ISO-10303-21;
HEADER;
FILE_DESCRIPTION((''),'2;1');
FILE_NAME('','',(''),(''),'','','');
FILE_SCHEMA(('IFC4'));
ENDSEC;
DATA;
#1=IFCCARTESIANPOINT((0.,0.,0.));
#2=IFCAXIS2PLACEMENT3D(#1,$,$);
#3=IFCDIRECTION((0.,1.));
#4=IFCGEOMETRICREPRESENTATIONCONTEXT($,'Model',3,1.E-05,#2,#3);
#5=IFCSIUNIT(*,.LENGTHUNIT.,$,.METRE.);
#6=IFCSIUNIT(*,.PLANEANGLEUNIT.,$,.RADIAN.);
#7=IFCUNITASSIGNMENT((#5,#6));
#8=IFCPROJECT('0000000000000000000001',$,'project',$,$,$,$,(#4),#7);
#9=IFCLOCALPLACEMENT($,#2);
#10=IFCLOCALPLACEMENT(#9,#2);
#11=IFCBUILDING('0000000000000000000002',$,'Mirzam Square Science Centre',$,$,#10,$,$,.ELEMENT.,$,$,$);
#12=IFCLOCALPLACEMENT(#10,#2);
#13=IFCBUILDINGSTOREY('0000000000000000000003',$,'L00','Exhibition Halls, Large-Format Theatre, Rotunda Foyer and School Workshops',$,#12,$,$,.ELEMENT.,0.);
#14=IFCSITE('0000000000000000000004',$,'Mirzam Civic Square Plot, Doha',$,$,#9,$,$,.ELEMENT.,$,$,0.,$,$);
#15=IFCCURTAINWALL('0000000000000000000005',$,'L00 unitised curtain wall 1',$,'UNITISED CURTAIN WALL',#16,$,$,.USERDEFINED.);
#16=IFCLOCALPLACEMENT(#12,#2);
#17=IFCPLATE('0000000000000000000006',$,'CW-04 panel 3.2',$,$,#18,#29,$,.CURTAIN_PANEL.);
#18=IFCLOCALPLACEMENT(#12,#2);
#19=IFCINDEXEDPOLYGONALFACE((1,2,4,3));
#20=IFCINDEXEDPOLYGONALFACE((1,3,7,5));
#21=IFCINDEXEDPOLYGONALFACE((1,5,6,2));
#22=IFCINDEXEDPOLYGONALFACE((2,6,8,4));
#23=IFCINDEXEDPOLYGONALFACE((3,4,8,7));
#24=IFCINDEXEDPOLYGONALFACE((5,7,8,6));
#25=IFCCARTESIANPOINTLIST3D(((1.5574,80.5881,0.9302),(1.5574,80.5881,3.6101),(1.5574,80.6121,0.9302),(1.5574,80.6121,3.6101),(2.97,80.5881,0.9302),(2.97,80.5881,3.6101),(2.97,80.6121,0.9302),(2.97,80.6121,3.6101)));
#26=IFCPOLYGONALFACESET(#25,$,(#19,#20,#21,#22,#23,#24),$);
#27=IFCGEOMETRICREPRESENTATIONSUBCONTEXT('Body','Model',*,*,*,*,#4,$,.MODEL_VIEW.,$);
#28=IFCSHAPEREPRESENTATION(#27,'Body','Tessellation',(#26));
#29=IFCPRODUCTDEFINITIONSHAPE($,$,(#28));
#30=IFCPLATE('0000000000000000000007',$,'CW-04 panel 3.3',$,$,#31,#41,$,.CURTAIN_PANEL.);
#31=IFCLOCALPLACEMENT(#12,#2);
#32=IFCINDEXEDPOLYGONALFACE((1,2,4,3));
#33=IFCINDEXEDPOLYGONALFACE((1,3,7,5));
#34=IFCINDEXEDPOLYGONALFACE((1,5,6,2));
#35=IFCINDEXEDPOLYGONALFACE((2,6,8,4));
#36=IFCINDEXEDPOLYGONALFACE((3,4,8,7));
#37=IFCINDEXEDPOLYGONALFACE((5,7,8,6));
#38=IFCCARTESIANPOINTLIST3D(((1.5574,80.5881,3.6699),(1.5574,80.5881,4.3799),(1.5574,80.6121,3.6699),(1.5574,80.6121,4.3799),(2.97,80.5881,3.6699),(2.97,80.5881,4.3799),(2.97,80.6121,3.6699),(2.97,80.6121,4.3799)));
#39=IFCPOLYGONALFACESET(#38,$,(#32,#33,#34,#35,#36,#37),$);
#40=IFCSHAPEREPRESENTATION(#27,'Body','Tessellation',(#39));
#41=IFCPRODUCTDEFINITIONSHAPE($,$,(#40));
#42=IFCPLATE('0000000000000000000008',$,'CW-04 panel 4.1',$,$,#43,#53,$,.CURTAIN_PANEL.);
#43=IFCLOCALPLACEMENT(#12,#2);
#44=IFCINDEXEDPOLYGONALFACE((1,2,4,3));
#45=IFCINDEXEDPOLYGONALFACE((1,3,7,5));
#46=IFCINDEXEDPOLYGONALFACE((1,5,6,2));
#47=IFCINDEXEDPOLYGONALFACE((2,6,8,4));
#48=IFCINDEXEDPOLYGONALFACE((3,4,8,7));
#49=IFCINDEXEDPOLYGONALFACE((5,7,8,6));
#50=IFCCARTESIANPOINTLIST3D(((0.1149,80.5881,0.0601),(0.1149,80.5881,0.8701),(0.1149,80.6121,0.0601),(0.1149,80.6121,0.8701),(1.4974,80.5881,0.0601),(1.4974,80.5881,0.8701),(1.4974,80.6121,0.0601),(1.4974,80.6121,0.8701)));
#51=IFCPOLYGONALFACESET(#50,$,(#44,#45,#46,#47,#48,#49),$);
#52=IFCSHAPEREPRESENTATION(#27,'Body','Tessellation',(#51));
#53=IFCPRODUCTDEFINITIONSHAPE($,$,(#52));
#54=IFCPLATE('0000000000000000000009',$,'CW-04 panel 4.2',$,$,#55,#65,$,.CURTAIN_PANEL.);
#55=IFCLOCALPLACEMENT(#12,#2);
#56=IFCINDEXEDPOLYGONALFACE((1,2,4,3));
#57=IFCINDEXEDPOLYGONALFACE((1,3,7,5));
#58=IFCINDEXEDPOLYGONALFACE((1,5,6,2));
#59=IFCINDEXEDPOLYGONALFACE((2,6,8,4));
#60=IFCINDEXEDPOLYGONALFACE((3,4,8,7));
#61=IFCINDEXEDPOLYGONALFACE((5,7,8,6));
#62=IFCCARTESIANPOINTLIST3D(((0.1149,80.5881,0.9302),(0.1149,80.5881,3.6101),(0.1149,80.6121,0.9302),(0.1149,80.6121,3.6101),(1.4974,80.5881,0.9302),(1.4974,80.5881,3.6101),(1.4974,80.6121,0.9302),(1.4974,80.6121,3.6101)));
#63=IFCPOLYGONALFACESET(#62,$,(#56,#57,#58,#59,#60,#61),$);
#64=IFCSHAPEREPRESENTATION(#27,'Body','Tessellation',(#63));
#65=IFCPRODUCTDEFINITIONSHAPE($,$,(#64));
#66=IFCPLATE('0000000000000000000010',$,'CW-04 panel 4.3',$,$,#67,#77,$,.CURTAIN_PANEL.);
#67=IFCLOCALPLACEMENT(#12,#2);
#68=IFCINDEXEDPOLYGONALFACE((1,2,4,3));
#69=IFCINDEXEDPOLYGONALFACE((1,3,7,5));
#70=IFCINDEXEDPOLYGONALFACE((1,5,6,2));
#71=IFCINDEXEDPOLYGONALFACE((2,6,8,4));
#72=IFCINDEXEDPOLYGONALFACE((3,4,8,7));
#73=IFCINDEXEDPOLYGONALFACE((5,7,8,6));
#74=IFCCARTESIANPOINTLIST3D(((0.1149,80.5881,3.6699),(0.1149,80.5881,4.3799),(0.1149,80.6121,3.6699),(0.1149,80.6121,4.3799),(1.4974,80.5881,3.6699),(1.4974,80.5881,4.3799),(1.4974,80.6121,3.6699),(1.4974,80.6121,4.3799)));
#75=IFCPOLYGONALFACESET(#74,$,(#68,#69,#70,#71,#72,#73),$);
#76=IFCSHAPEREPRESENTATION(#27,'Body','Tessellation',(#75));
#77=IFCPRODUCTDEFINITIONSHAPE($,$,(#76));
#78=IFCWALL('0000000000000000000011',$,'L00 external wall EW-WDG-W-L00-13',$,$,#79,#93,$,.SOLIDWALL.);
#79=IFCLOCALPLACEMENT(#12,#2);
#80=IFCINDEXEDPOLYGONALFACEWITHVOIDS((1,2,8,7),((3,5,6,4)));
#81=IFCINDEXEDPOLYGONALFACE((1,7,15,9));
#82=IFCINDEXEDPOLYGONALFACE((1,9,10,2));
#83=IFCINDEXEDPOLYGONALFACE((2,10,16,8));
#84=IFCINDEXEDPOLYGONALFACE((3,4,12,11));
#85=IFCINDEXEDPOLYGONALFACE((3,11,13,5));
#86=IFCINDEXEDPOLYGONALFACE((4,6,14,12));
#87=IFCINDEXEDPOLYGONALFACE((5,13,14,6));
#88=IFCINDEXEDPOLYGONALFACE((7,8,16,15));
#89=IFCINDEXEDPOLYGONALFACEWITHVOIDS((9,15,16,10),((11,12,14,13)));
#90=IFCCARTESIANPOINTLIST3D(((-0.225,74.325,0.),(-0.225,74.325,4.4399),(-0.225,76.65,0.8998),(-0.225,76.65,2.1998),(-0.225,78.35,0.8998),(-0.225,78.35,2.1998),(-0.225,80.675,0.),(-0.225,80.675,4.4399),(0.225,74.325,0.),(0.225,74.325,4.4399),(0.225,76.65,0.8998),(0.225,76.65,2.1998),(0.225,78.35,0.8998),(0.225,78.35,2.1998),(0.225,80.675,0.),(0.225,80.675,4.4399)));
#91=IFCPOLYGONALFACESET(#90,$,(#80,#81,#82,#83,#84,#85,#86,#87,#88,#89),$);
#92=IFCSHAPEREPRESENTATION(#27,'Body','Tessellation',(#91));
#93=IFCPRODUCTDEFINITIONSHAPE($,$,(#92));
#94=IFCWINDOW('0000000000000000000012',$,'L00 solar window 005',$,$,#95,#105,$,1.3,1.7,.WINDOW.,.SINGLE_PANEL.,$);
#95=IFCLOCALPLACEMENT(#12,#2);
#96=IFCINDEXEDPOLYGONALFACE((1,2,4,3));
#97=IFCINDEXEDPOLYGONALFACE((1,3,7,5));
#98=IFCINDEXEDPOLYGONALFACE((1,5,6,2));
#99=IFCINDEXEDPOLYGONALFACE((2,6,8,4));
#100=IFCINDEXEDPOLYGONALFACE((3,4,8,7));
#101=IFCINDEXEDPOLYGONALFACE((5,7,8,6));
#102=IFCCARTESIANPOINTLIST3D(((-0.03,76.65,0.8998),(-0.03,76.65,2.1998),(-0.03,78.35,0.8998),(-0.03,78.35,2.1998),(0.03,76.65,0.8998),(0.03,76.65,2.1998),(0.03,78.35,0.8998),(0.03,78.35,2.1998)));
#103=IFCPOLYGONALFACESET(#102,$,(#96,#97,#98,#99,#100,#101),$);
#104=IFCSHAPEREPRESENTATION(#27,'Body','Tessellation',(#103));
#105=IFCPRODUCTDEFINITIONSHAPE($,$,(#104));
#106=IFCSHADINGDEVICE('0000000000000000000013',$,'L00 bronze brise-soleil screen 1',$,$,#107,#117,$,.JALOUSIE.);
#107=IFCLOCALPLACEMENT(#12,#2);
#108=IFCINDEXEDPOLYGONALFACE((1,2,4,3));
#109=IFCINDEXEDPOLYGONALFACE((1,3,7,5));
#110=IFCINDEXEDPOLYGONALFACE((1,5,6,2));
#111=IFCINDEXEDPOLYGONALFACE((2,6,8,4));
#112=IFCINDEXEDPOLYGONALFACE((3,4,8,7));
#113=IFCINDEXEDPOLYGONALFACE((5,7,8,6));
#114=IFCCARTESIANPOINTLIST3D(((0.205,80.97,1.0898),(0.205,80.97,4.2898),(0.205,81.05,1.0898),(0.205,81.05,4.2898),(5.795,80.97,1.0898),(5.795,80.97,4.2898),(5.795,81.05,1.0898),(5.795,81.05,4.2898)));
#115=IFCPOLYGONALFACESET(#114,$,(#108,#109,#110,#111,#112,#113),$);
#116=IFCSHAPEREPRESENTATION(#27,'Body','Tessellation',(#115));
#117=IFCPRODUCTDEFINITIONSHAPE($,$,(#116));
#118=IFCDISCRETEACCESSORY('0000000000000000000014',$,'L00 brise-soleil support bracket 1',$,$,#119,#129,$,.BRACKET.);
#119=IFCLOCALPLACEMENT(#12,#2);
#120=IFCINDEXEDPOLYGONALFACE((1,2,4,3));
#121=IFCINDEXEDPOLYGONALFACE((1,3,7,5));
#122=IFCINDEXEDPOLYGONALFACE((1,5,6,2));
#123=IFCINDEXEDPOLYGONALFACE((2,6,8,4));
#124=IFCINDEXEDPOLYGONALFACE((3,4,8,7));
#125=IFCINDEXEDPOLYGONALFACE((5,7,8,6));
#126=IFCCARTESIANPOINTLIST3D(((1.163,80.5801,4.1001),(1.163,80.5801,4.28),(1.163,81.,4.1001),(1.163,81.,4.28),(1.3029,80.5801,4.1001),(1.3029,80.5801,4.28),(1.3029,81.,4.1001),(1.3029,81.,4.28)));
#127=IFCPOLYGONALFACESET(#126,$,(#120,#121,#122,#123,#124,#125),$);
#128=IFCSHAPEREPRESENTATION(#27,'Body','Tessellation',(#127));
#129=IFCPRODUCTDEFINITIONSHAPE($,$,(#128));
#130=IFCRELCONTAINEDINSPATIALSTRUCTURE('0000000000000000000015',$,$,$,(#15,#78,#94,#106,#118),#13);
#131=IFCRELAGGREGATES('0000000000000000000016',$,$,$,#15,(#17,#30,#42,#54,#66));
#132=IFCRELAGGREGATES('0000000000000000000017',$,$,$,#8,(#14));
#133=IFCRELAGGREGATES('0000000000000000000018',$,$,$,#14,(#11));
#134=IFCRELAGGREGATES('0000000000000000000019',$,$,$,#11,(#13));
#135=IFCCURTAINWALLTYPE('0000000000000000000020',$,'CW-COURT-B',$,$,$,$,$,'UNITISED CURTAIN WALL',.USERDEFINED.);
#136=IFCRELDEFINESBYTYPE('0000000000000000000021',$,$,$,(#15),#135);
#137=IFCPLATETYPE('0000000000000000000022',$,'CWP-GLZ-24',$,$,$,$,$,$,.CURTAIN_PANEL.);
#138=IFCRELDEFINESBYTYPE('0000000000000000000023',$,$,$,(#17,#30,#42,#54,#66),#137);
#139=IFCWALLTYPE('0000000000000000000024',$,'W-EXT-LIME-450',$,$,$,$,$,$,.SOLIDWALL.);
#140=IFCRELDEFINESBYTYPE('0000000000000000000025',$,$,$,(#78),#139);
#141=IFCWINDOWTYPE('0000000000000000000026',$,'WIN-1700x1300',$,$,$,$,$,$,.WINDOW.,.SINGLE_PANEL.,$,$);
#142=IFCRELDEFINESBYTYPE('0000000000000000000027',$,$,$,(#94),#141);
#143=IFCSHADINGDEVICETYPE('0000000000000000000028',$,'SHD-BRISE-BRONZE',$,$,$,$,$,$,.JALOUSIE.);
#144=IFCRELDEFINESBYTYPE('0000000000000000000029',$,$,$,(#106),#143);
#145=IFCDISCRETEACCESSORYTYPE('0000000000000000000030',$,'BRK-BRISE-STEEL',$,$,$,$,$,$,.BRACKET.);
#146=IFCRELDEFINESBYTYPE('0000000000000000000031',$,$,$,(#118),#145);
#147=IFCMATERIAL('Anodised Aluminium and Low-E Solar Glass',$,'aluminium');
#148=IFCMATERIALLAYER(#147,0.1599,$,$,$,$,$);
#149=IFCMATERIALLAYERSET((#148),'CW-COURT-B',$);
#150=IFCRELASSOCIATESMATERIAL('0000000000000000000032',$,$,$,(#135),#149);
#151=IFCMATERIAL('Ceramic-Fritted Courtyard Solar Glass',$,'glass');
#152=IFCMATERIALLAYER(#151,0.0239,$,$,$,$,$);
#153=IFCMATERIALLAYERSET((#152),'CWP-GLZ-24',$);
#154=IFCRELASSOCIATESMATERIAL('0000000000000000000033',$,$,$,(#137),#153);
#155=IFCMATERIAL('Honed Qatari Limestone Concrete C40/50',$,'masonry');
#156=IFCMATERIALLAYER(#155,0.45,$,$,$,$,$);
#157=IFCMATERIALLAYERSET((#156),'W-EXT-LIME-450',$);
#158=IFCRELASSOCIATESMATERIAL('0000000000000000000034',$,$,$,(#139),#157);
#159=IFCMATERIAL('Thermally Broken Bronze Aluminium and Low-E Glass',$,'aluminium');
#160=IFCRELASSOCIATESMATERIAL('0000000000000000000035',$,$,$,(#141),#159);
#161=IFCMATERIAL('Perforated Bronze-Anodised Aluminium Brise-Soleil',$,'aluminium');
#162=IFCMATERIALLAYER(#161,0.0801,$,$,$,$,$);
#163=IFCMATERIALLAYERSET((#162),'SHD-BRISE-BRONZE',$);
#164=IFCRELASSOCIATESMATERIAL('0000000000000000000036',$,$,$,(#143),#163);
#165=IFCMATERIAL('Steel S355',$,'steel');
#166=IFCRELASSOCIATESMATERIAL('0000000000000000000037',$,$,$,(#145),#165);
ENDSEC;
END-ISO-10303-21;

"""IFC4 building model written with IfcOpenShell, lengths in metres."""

from ifc_helpers import new_model, si_unit, direction, frame, frame_2d, origin, origin_2d, place, context, subcontext, project, spatial, rectangle, extrude, material, layer, layer_set, type_object, element, fill, aggregate, save


model = new_model("IFC4")

# Units and contexts
model_context = context("Model", 3, precision=1e-05, world=origin(), true_north=direction((0.0, 1.0)))
body_context = subcontext(model_context, "Body", "Model", "MODEL_VIEW")
ifc_project = project(units=[si_unit("LENGTHUNIT", "METRE"), si_unit("PLANEANGLEUNIT", "RADIAN")], contexts=[model_context])

# Site, building, storey
site_placement = place(None, origin())
site = spatial("IfcSite", under=ifc_project, at=site_placement, Name="Mirzam Civic Square Plot, Doha", CompositionType="ELEMENT", RefElevation=0.0)
building_placement = place(site_placement, origin())
building = spatial("IfcBuilding", under=site, at=building_placement, Name="Mirzam Square Science Centre", CompositionType="ELEMENT")
storey_placement = place(building_placement, origin())
storey = spatial("IfcBuildingStorey", under=building, at=storey_placement, Name="L00", Description="Exhibition Halls, Large-Format Theatre, Rotunda Foyer and School Workshops", CompositionType="ELEMENT", Elevation=0.0)

# Curtain wall, plates
ifc_material_1 = material(Name="Anodised Aluminium and Low-E Solar Glass", Category="aluminium")
ifc_layer_1 = layer(ifc_material_1, 0.1599)
ifc_layer_set_1 = layer_set([ifc_layer_1], Name="CW-COURT-B")
curtain_wall_type = type_object("IfcCurtainWallType", Name="CW-COURT-B", ElementType="UNITISED CURTAIN WALL", PredefinedType="USERDEFINED", material=ifc_layer_set_1)
curtain_wall_placement = place(storey_placement, origin())
curtain_wall = element("IfcCurtainWall", 1, at=curtain_wall_placement, inside=storey, type_object=curtain_wall_type, Name="L00 unitised curtain wall 1", ObjectType="UNITISED CURTAIN WALL", PredefinedType="USERDEFINED")
ifc_material_2 = material(Name="Ceramic-Fritted Courtyard Solar Glass", Category="glass")
ifc_layer_2 = layer(ifc_material_2, 0.0239)
ifc_layer_set_2 = layer_set([ifc_layer_2], Name="CWP-GLZ-24")
plate_type = type_object("IfcPlateType", Name="CWP-GLZ-24", PredefinedType="CURTAIN_PANEL", material=ifc_layer_set_2)
plate_1_placement = place(storey_placement, frame((2.2637, 80.6001, 0.9302), z_axis=(0.0, 0.0, 1.0), x_axis=(-1.0, 0.0, 0.0)))
plate_1 = element("IfcPlate", 2, at=plate_1_placement, type_object=plate_type, Name="CW-04 panel 3.2", PredefinedType="CURTAIN_PANEL", context=body_context, shape_type="SweptSolid", body=[
    extrude(rectangle(XDim=1.4126, YDim=0.0239, at=origin_2d()), origin(), (0.0, 0.0, 1.0), 2.6799),
])
plate_2_placement = place(storey_placement, frame((2.2637, 80.6001, 3.6699), z_axis=(0.0, 0.0, 1.0), x_axis=(-1.0, 0.0, 0.0)))
plate_2 = element("IfcPlate", 3, at=plate_2_placement, type_object=plate_type, Name="CW-04 panel 3.3", PredefinedType="CURTAIN_PANEL", context=body_context, shape_type="SweptSolid", body=[
    extrude(rectangle(XDim=1.4126, YDim=0.0239, at=origin_2d()), origin(), (0.0, 0.0, 1.0), 0.71),
])
plate_3_placement = place(storey_placement, frame((0.8062, 80.6001, 0.0601), z_axis=(0.0, 0.0, 1.0), x_axis=(-1.0, 0.0, 0.0)))
plate_3 = element("IfcPlate", 4, at=plate_3_placement, type_object=plate_type, Name="CW-04 panel 4.1", PredefinedType="CURTAIN_PANEL", context=body_context, shape_type="SweptSolid", body=[
    extrude(rectangle(XDim=1.3826, YDim=0.0239, at=origin_2d()), origin(), (0.0, 0.0, 1.0), 0.8101),
])
plate_4_placement = place(storey_placement, frame((0.8062, 80.6001, 0.9302), z_axis=(0.0, 0.0, 1.0), x_axis=(-1.0, 0.0, 0.0)))
plate_4 = element("IfcPlate", 5, at=plate_4_placement, type_object=plate_type, Name="CW-04 panel 4.2", PredefinedType="CURTAIN_PANEL", context=body_context, shape_type="SweptSolid", body=[
    extrude(rectangle(XDim=1.3826, YDim=0.0239, at=origin_2d()), origin(), (0.0, 0.0, 1.0), 2.6799),
])
plate_5_placement = place(storey_placement, frame((0.8062, 80.6001, 3.6699), z_axis=(0.0, 0.0, 1.0), x_axis=(-1.0, 0.0, 0.0)))
plate_5 = element("IfcPlate", 6, at=plate_5_placement, type_object=plate_type, Name="CW-04 panel 4.3", PredefinedType="CURTAIN_PANEL", context=body_context, shape_type="SweptSolid", body=[
    extrude(rectangle(XDim=1.3826, YDim=0.0239, at=origin_2d()), origin(), (0.0, 0.0, 1.0), 0.71),
])
aggregate(curtain_wall, [plate_1, plate_2, plate_3, plate_4, plate_5])

# Wall, opening, window
ifc_material_3 = material(Name="Honed Qatari Limestone Concrete C40/50", Category="masonry")
ifc_layer_3 = layer(ifc_material_3, 0.45)
ifc_layer_set_3 = layer_set([ifc_layer_3], Name="W-EXT-LIME-450")
wall_type = type_object("IfcWallType", Name="W-EXT-LIME-450", PredefinedType="SOLIDWALL", material=ifc_layer_set_3)
wall_placement = place(storey_placement, frame((0.0, 80.675, 0.0), z_axis=(0.0, 0.0, 1.0), x_axis=(0.0, -1.0, 0.0)))
wall = element("IfcWall", 7, at=wall_placement, inside=storey, type_object=wall_type, Name="L00 external wall EW-WDG-W-L00-13", PredefinedType="SOLIDWALL", context=body_context, shape_type="SweptSolid", body=[
    extrude(rectangle(XDim=6.3501, YDim=0.45, at=frame_2d((3.175, 0.0))), origin(), (0.0, 0.0, 1.0), 4.4399),
])
opening_placement = place(wall_placement, frame((2.325, 0.0, 0.8999)))
opening = element("IfcOpeningElement", 8, at=opening_placement, cuts=wall, PredefinedType="OPENING", context=body_context, shape_type="SweptSolid", body=[
    extrude(rectangle(XDim=1.7, YDim=1.3, at=frame_2d((0.8501, 0.6499))), frame((0.0, 0.2349, 0.0), z_axis=(0.0, -1.0, 0.0), x_axis=(1.0, 0.0, 0.0)), (0.0, 0.0, 1.0), 0.47),
])
ifc_material_4 = material(Name="Thermally Broken Bronze Aluminium and Low-E Glass", Category="aluminium")
window_type = type_object("IfcWindowType", Name="WIN-1700x1300", PartitioningType="SINGLE_PANEL", PredefinedType="WINDOW", material=ifc_material_4)
window_placement = place(opening_placement, origin())
window = element("IfcWindow", 9, at=window_placement, inside=storey, type_object=window_type, Name="L00 solar window 005", OverallHeight=1.3, OverallWidth=1.7, PartitioningType="SINGLE_PANEL", PredefinedType="WINDOW", context=body_context, shape_type="SweptSolid", body=[
    extrude(rectangle(XDim=1.7, YDim=1.3, at=frame_2d((0.8501, 0.6499))), frame((0.0, 0.03, 0.0), z_axis=(0.0, -1.0, 0.0), x_axis=(1.0, 0.0, 0.0)), (0.0, 0.0, 1.0), 0.0601),
])
fill(opening, window)

# Shading device
ifc_material_5 = material(Name="Perforated Bronze-Anodised Aluminium Brise-Soleil", Category="aluminium")
ifc_layer_4 = layer(ifc_material_5, 0.0801)
ifc_layer_set_4 = layer_set([ifc_layer_4], Name="SHD-BRISE-BRONZE")
shading_device_type = type_object("IfcShadingDeviceType", Name="SHD-BRISE-BRONZE", PredefinedType="JALOUSIE", material=ifc_layer_set_4)
shading_device_placement = place(storey_placement, frame((3.0, 81.01, 1.0898), z_axis=(0.0, 0.0, 1.0), x_axis=(-1.0, 0.0, 0.0)))
element("IfcShadingDevice", 10, at=shading_device_placement, inside=storey, type_object=shading_device_type, Name="L00 bronze brise-soleil screen 1", PredefinedType="JALOUSIE", context=body_context, shape_type="SweptSolid", body=[
    extrude(rectangle(XDim=5.5901, YDim=0.0801, at=origin_2d()), origin(), (0.0, 0.0, 1.0), 3.2),
])

# Discrete accessory
ifc_material_6 = material(Name="Steel S355", Category="steel")
discrete_accessory_type = type_object("IfcDiscreteAccessoryType", Name="BRK-BRISE-STEEL", PredefinedType="BRACKET", material=ifc_material_6)
discrete_accessory_placement = place(storey_placement, frame((1.2329, 80.79, 4.1001), z_axis=(0.0, 0.0, 1.0), x_axis=(-1.0, 0.0, 0.0)))
element("IfcDiscreteAccessory", 11, at=discrete_accessory_placement, inside=storey, type_object=discrete_accessory_type, Name="L00 brise-soleil support bracket 1", PredefinedType="BRACKET", context=body_context, shape_type="SweptSolid", body=[
    extrude(rectangle(XDim=0.1399, YDim=0.4199, at=origin_2d()), origin(), (0.0, 0.0, 1.0), 0.1799),
])

save(model, "model.ifc")
